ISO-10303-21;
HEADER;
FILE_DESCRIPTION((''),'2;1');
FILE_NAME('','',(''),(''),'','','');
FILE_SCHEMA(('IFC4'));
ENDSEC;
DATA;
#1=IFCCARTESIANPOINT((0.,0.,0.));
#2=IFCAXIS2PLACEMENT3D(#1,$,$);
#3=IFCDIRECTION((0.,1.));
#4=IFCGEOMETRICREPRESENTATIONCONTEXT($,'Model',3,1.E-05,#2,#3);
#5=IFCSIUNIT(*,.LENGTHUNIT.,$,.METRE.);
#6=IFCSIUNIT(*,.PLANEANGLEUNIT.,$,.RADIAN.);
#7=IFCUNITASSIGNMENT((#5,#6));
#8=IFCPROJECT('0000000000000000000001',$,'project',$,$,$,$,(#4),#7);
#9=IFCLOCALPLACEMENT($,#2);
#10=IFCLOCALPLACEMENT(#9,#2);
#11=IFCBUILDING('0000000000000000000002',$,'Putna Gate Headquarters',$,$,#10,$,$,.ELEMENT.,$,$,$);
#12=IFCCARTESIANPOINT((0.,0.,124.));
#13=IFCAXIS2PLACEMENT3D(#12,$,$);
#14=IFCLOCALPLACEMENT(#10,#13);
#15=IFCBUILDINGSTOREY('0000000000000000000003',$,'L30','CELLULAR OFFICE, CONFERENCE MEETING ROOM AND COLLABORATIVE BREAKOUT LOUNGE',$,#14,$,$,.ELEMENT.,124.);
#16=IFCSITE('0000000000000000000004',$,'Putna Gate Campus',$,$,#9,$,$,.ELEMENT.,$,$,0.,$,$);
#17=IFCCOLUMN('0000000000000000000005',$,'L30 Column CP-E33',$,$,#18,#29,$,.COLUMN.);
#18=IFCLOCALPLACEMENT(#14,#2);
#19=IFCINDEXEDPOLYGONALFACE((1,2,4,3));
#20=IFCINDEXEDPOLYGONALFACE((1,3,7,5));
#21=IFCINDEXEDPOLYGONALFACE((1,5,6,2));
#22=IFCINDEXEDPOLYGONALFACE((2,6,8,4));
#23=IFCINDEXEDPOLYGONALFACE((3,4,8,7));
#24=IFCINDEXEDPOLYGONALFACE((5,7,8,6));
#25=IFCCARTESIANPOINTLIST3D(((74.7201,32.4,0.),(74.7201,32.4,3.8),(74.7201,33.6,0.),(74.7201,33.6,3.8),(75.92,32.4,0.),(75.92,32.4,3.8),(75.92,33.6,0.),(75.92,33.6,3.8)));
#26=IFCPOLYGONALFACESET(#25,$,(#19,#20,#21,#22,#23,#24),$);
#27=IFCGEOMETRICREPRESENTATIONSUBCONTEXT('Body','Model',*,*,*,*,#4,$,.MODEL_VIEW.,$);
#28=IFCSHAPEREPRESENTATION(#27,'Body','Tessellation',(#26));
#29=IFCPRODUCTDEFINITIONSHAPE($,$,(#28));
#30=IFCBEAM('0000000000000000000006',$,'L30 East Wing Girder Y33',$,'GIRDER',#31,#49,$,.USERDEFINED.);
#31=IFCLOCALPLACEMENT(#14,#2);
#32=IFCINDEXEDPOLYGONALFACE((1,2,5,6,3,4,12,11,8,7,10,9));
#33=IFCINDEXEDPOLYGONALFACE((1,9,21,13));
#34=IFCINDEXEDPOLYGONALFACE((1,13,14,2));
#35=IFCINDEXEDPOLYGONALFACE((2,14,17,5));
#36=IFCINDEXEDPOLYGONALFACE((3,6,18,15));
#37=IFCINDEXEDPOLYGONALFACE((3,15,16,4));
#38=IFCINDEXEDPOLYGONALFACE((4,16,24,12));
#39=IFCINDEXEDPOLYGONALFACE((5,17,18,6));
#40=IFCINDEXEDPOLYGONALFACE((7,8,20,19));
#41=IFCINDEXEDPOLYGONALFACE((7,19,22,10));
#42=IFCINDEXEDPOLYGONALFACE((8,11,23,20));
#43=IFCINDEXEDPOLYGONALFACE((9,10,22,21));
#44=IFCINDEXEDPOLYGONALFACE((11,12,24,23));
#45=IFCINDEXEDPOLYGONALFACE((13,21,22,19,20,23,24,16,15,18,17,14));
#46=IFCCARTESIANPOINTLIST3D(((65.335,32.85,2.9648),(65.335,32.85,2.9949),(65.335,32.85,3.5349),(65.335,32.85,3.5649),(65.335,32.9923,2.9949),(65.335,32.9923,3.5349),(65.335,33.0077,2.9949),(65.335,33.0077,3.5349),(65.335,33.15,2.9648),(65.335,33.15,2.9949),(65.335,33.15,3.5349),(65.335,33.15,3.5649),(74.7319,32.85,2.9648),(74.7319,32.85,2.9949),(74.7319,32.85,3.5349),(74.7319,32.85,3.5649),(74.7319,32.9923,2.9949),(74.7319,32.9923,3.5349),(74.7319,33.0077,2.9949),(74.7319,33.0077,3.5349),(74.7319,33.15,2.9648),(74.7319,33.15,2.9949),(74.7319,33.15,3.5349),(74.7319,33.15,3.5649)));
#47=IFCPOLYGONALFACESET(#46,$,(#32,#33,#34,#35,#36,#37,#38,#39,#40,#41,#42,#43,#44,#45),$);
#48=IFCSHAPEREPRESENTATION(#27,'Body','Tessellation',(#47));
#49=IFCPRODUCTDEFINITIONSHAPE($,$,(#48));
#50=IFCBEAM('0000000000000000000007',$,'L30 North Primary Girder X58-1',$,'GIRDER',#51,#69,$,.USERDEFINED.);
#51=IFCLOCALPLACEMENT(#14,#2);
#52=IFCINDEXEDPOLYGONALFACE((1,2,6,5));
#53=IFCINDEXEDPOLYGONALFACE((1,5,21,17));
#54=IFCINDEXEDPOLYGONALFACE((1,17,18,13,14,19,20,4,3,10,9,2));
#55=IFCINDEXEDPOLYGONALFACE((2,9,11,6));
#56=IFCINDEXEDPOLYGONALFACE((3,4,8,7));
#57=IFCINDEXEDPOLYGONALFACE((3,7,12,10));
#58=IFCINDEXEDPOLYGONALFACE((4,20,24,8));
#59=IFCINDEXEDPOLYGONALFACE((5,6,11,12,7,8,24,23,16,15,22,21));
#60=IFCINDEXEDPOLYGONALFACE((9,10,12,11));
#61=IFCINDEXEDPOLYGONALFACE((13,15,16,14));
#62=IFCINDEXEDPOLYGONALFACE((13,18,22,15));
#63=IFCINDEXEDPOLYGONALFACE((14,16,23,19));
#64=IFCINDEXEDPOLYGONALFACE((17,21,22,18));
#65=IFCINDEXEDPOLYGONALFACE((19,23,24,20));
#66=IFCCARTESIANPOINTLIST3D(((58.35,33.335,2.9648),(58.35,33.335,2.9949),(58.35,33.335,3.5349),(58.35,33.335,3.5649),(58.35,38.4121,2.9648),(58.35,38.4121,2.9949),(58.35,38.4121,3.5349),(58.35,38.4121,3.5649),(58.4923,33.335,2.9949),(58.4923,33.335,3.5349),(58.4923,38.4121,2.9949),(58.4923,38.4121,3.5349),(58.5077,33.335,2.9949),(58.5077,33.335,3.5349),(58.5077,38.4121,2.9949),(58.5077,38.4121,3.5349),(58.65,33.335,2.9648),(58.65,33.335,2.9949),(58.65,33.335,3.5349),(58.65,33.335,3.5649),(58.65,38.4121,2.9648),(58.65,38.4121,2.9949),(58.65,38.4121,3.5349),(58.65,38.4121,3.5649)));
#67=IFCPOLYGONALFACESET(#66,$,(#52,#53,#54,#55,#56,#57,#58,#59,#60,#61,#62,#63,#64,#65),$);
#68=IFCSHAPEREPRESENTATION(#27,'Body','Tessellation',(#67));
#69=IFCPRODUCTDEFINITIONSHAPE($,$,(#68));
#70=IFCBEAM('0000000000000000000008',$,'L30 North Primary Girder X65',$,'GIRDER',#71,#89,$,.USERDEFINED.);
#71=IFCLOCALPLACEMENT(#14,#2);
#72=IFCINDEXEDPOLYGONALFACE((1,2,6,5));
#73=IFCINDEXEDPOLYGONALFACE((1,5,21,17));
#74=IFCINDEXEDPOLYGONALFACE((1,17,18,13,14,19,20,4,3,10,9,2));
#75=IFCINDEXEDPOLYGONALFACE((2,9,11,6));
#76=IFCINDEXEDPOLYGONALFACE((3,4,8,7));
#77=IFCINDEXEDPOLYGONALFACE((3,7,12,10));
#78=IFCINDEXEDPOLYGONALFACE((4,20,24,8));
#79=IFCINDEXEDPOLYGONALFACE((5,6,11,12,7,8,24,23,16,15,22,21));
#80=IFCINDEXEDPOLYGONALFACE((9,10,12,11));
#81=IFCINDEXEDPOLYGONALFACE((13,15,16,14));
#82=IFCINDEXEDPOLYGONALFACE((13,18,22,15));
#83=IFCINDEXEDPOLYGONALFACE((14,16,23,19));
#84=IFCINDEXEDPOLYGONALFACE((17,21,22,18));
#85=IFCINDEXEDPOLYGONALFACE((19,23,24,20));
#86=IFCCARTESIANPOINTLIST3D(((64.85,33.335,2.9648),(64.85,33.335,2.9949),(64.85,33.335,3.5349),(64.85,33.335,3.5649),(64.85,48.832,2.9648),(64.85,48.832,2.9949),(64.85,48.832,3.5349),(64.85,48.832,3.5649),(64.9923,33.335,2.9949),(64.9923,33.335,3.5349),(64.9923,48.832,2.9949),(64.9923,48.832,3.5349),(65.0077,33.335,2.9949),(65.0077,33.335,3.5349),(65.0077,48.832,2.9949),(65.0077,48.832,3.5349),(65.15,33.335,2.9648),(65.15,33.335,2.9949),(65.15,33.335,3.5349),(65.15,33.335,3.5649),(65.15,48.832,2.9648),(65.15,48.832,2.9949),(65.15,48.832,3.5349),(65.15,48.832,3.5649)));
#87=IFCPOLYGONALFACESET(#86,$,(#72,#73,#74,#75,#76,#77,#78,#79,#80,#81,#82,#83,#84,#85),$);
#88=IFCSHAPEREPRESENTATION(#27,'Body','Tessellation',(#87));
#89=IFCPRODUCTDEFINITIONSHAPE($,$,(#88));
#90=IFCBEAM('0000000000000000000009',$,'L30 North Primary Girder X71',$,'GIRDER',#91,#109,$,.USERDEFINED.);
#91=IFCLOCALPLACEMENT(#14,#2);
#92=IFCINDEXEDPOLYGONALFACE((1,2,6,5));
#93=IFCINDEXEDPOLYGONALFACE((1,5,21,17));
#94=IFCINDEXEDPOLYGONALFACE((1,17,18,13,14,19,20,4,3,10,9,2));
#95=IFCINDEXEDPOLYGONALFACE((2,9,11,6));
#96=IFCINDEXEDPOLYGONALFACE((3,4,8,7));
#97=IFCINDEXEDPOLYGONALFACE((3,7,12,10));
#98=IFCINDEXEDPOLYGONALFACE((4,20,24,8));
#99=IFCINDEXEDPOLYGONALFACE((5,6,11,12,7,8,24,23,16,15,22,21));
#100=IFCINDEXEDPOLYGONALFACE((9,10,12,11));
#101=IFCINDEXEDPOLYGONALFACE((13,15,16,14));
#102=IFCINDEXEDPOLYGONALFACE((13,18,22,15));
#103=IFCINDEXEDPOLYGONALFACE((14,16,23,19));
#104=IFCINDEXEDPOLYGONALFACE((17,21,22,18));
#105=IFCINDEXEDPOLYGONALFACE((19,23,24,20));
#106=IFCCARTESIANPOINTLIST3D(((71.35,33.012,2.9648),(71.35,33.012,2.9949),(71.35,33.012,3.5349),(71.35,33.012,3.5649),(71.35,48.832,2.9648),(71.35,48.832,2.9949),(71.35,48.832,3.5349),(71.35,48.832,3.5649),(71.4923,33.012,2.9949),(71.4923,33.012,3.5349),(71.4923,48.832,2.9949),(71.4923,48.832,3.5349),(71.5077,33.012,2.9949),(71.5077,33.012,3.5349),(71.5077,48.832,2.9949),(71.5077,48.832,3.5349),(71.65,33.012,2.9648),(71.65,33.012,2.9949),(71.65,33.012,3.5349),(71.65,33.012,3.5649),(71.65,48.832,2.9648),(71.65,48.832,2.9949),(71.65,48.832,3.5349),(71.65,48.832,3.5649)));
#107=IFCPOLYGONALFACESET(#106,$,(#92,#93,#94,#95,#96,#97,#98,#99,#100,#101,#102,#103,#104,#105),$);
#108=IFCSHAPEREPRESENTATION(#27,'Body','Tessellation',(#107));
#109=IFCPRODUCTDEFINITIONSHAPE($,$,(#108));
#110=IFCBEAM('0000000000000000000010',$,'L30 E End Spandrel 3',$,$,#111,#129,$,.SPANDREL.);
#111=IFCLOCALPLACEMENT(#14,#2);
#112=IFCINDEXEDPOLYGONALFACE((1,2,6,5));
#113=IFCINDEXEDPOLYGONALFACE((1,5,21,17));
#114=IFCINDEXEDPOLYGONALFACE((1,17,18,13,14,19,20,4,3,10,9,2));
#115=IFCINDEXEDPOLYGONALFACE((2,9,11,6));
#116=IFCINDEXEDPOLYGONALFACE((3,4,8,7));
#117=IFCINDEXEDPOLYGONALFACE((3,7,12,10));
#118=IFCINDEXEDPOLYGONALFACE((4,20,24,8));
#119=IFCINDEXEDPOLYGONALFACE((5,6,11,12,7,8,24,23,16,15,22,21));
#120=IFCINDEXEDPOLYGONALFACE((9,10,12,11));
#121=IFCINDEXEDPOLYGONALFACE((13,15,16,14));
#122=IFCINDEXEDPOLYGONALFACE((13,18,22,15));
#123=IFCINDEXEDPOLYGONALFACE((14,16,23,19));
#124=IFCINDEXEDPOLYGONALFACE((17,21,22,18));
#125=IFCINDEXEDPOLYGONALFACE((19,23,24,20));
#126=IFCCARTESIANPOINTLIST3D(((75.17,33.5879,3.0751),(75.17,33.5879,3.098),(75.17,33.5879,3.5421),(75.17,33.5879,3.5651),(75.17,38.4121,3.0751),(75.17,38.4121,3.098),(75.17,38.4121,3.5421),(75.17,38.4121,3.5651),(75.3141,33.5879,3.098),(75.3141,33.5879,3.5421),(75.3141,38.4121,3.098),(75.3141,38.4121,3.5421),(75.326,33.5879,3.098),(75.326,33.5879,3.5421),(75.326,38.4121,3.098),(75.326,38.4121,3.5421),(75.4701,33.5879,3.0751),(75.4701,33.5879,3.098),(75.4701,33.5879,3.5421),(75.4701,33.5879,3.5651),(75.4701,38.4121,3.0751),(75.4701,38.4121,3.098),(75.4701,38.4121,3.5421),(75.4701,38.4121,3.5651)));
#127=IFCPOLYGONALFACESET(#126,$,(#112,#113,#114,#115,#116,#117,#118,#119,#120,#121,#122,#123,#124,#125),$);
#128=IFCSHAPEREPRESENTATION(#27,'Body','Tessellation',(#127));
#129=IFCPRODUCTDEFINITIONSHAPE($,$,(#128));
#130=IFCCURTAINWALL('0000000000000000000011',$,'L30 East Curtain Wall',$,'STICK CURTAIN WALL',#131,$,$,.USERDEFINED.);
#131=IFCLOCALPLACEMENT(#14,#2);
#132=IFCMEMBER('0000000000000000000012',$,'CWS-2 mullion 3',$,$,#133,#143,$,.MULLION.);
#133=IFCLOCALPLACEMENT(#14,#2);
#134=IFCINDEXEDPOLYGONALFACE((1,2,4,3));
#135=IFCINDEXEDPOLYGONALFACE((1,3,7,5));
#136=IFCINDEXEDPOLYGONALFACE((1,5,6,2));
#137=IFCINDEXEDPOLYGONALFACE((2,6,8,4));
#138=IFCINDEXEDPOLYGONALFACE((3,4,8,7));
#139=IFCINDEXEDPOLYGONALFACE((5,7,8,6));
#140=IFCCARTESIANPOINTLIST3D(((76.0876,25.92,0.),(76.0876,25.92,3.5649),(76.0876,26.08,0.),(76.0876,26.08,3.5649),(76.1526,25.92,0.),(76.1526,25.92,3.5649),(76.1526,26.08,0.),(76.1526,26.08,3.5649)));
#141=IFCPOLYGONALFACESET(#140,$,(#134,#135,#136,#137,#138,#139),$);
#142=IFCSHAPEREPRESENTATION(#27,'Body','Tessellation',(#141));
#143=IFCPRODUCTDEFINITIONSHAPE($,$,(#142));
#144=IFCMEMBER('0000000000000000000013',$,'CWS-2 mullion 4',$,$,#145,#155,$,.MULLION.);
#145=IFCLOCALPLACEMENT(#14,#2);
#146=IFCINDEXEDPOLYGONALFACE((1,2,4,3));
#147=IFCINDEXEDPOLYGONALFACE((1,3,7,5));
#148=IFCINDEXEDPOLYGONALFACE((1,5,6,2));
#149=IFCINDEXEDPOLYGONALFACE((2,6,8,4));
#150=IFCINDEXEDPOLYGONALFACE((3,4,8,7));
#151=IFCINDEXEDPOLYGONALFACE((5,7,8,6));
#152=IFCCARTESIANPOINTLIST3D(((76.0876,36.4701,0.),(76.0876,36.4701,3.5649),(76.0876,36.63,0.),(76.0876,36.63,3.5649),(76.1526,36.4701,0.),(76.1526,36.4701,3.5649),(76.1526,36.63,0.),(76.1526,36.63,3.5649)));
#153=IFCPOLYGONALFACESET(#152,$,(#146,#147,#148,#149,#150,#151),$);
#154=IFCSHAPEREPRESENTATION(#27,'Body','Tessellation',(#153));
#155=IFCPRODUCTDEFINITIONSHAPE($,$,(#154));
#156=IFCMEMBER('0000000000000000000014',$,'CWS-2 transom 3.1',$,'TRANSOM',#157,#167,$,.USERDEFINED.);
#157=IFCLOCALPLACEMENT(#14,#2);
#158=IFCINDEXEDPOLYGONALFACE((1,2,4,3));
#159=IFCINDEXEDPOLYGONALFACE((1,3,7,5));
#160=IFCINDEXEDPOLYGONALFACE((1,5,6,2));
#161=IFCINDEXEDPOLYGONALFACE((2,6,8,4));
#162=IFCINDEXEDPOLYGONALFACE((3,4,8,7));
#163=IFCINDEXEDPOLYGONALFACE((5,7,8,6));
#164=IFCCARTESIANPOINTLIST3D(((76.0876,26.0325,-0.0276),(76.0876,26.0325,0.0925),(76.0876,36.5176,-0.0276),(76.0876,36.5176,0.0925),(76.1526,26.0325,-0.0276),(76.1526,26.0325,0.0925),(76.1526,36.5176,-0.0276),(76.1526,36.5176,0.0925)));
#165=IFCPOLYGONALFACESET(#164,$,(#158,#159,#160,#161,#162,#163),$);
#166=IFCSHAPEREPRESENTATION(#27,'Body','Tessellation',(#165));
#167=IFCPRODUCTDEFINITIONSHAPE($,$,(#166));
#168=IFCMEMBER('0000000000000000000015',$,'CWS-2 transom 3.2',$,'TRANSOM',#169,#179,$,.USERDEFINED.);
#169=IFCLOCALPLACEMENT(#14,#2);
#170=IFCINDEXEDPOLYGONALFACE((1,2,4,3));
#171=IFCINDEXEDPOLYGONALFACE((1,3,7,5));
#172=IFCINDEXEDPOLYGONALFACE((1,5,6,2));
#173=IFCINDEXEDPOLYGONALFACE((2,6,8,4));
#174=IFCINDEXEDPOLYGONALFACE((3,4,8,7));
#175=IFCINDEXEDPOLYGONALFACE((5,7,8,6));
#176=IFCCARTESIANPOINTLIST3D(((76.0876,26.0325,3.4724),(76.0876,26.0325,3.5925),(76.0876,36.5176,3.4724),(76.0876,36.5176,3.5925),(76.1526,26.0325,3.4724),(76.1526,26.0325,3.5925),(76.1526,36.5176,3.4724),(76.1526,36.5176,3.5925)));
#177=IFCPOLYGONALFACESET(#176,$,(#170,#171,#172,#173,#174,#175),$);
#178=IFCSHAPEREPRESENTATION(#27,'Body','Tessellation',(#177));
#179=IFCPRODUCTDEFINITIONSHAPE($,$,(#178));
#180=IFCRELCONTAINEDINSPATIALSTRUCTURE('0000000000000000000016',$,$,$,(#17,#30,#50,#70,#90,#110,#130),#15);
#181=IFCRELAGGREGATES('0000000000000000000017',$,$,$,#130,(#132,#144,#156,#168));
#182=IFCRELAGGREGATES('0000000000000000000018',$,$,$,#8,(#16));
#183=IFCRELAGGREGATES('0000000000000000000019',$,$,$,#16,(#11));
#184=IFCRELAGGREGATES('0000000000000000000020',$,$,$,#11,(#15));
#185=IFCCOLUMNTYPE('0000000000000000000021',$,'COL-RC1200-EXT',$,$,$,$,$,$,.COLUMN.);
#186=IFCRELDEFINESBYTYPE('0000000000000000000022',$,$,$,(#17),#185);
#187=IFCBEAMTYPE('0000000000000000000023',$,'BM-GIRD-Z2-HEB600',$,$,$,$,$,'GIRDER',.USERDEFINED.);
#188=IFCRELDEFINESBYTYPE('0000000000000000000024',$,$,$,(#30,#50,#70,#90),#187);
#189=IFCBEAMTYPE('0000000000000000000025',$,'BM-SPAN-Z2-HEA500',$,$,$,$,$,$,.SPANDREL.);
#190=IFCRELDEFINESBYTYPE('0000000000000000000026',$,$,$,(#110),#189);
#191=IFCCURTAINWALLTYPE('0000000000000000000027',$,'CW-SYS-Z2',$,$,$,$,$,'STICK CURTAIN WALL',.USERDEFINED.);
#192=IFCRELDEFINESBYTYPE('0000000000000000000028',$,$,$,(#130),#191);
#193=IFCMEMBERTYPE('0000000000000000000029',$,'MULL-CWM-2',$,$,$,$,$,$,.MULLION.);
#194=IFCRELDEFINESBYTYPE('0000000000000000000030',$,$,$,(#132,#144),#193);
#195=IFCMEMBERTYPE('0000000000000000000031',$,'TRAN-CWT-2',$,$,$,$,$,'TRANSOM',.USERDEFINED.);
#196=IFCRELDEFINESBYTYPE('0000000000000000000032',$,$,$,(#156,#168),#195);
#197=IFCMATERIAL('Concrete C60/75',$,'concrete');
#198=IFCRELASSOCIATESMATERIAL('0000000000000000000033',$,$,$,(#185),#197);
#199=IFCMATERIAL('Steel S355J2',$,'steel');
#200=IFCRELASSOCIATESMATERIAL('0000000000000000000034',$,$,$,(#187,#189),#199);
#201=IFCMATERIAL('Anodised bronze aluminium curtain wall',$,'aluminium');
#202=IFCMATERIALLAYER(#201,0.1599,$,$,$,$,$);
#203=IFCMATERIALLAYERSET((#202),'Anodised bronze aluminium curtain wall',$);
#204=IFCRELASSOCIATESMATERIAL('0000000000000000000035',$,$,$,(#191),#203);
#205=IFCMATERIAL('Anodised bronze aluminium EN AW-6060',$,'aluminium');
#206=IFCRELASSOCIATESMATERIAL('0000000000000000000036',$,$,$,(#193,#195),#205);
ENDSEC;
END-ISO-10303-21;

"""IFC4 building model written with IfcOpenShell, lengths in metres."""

from ifc_helpers import new_model, si_unit, direction, frame, origin, origin_2d, place, context, subcontext, project, spatial, rectangle, i_section, extrude, material, layer, layer_set, material_profile, profile_set, type_object, element, aggregate, save


model = new_model("IFC4")

# Units and contexts
model_context = context("Model", 3, precision=1e-05, world=origin(), true_north=direction((0.0, 1.0)))
body_context = subcontext(model_context, "Body", "Model", "MODEL_VIEW")
ifc_project = project(units=[si_unit("LENGTHUNIT", "METRE"), si_unit("PLANEANGLEUNIT", "RADIAN")], contexts=[model_context])

# Site, building, storey
site_placement = place(None, origin())
site = spatial("IfcSite", under=ifc_project, at=site_placement, Name="Putna Gate Campus", CompositionType="ELEMENT", RefElevation=0.0)
building_placement = place(site_placement, origin())
building = spatial("IfcBuilding", under=site, at=building_placement, Name="Putna Gate Headquarters", CompositionType="ELEMENT")
storey_placement = place(building_placement, frame((0.0, 0.0, 124.0)))
storey = spatial("IfcBuildingStorey", under=building, at=storey_placement, Name="L30", Description="CELLULAR OFFICE, CONFERENCE MEETING ROOM AND COLLABORATIVE BREAKOUT LOUNGE", CompositionType="ELEMENT", Elevation=124.0)

# Column
ifc_material_1 = material(Name="Concrete C60/75", Category="concrete")
ifc_material_profile_1 = material_profile(ifc_material_1, rectangle(XDim=1.2, YDim=1.2, at=origin_2d()), Name="Concrete C60/75")
ifc_profile_set_1 = profile_set([ifc_material_profile_1], Name="Concrete C60/75")
column_type = type_object("IfcColumnType", Name="COL-RC1200-EXT", PredefinedType="COLUMN", material=ifc_profile_set_1)
column_placement = place(storey_placement, frame((75.3201, 33.0, 0.0), z_axis=(0.0, 0.0, 1.0), x_axis=(1.0, 0.0, 0.0)))
element("IfcColumn", 1, at=column_placement, inside=storey, type_object=column_type, Name="L30 Column CP-E33", PredefinedType="COLUMN", context=body_context, shape_type="SweptSolid", body=[
    extrude(rectangle(XDim=1.2, YDim=1.2, at=origin_2d()), origin(), (0.0, 0.0, 1.0), 3.8),
])

# Beams
ifc_material_2 = material(Name="Steel S355J2", Category="steel")
ifc_material_profile_2 = material_profile(ifc_material_2, i_section(OverallWidth=0.3, OverallDepth=0.6001, WebThickness=0.0154, FlangeThickness=0.03, at=origin_2d()), Name="Steel S355J2")
ifc_profile_set_2 = profile_set([ifc_material_profile_2], Name="Steel S355J2")
beam_type_1 = type_object("IfcBeamType", Name="BM-GIRD-Z2-HEB600", ElementType="GIRDER", PredefinedType="USERDEFINED", material=ifc_profile_set_2)
beam_1_placement = place(storey_placement, frame((65.335, 33.0, 3.2649), z_axis=(1.0, 0.0, 0.0), x_axis=(0.0, 1.0, 0.0)))
element("IfcBeam", 2, at=beam_1_placement, inside=storey, type_object=beam_type_1, Name="L30 East Wing Girder Y33", ObjectType="GIRDER", PredefinedType="USERDEFINED", context=body_context, shape_type="SweptSolid", body=[
    extrude(i_section(OverallWidth=0.3, OverallDepth=0.6001, WebThickness=0.0154, FlangeThickness=0.03, at=origin_2d()), origin(), (0.0, 0.0, 1.0), 9.397),
])
beam_2_placement = place(storey_placement, frame((58.5, 33.335, 3.2649), z_axis=(0.0, 1.0, 0.0), x_axis=(-1.0, 0.0, 0.0)))
element("IfcBeam", 3, at=beam_2_placement, inside=storey, type_object=beam_type_1, Name="L30 North Primary Girder X58-1", ObjectType="GIRDER", PredefinedType="USERDEFINED", context=body_context, shape_type="SweptSolid", body=[
    extrude(i_section(OverallWidth=0.3, OverallDepth=0.6001, WebThickness=0.0154, FlangeThickness=0.03, at=origin_2d()), origin(), (0.0, 0.0, 1.0), 5.0771),
])
beam_3_placement = place(storey_placement, frame((65.0, 33.335, 3.2649), z_axis=(0.0, 1.0, 0.0), x_axis=(-1.0, 0.0, 0.0)))
element("IfcBeam", 4, at=beam_3_placement, inside=storey, type_object=beam_type_1, Name="L30 North Primary Girder X65", ObjectType="GIRDER", PredefinedType="USERDEFINED", context=body_context, shape_type="SweptSolid", body=[
    extrude(i_section(OverallWidth=0.3, OverallDepth=0.6001, WebThickness=0.0154, FlangeThickness=0.03, at=origin_2d()), origin(), (0.0, 0.0, 1.0), 15.4971),
])
beam_4_placement = place(storey_placement, frame((71.5, 33.012, 3.2649), z_axis=(0.0, 1.0, 0.0), x_axis=(-1.0, 0.0, 0.0)))
element("IfcBeam", 5, at=beam_4_placement, inside=storey, type_object=beam_type_1, Name="L30 North Primary Girder X71", ObjectType="GIRDER", PredefinedType="USERDEFINED", context=body_context, shape_type="SweptSolid", body=[
    extrude(i_section(OverallWidth=0.3, OverallDepth=0.6001, WebThickness=0.0154, FlangeThickness=0.03, at=origin_2d()), origin(), (0.0, 0.0, 1.0), 15.8201),
])
ifc_material_profile_3 = material_profile(ifc_material_2, i_section(OverallWidth=0.3, OverallDepth=0.49, WebThickness=0.012, FlangeThickness=0.0229, at=origin_2d()), Name="Steel S355J2")
ifc_profile_set_3 = profile_set([ifc_material_profile_3], Name="Steel S355J2")
beam_type_2 = type_object("IfcBeamType", Name="BM-SPAN-Z2-HEA500", PredefinedType="SPANDREL", material=ifc_profile_set_3)
beam_5_placement = place(storey_placement, frame((75.3201, 33.5879, 3.3201), z_axis=(0.0, 1.0, 0.0), x_axis=(-1.0, 0.0, 0.0)))
element("IfcBeam", 6, at=beam_5_placement, inside=storey, type_object=beam_type_2, Name="L30 E End Spandrel 3", PredefinedType="SPANDREL", context=body_context, shape_type="SweptSolid", body=[
    extrude(i_section(OverallWidth=0.3, OverallDepth=0.49, WebThickness=0.012, FlangeThickness=0.0229, at=origin_2d()), origin(), (0.0, 0.0, 1.0), 4.8242),
])

# Curtain wall, members
ifc_material_3 = material(Name="Anodised bronze aluminium curtain wall", Category="aluminium")
ifc_layer_1 = layer(ifc_material_3, 0.1599)
ifc_layer_set_1 = layer_set([ifc_layer_1], Name="Anodised bronze aluminium curtain wall")
curtain_wall_type = type_object("IfcCurtainWallType", Name="CW-SYS-Z2", ElementType="STICK CURTAIN WALL", PredefinedType="USERDEFINED", material=ifc_layer_set_1)
curtain_wall_placement = place(storey_placement, origin())
curtain_wall = element("IfcCurtainWall", 7, at=curtain_wall_placement, inside=storey, type_object=curtain_wall_type, Name="L30 East Curtain Wall", ObjectType="STICK CURTAIN WALL", PredefinedType="USERDEFINED")
ifc_material_4 = material(Name="Anodised bronze aluminium EN AW-6060", Category="aluminium")
ifc_material_profile_4 = material_profile(ifc_material_4, rectangle(XDim=0.0649, YDim=0.1599, at=origin_2d()), Name="Anodised bronze aluminium EN AW-6060")
ifc_profile_set_4 = profile_set([ifc_material_profile_4], Name="Anodised bronze aluminium EN AW-6060")
member_type_1 = type_object("IfcMemberType", Name="MULL-CWM-2", PredefinedType="MULLION", material=ifc_profile_set_4)
member_1_placement = place(storey_placement, frame((76.1201, 26.0, 0.0), z_axis=(0.0, 0.0, 1.0), x_axis=(-1.0, 0.0, 0.0)))
member_1 = element("IfcMember", 8, at=member_1_placement, type_object=member_type_1, Name="CWS-2 mullion 3", PredefinedType="MULLION", context=body_context, shape_type="SweptSolid", body=[
    extrude(rectangle(XDim=0.0649, YDim=0.1599, at=origin_2d()), origin(), (0.0, 0.0, 1.0), 3.5649),
])
member_2_placement = place(storey_placement, frame((76.1201, 36.55, 0.0), z_axis=(0.0, 0.0, 1.0), x_axis=(-1.0, 0.0, 0.0)))
member_2 = element("IfcMember", 9, at=member_2_placement, type_object=member_type_1, Name="CWS-2 mullion 4", PredefinedType="MULLION", context=body_context, shape_type="SweptSolid", body=[
    extrude(rectangle(XDim=0.0649, YDim=0.1599, at=origin_2d()), origin(), (0.0, 0.0, 1.0), 3.5649),
])
ifc_material_profile_5 = material_profile(ifc_material_4, rectangle(XDim=0.0649, YDim=0.1201, at=origin_2d()), Name="Anodised bronze aluminium EN AW-6060")
ifc_profile_set_5 = profile_set([ifc_material_profile_5], Name="Anodised bronze aluminium EN AW-6060")
member_type_2 = type_object("IfcMemberType", Name="TRAN-CWT-2", ElementType="TRANSOM", PredefinedType="USERDEFINED", material=ifc_profile_set_5)
member_3_placement = place(storey_placement, frame((76.1201, 26.0325, 0.0325), z_axis=(0.0, 1.0, 0.0), x_axis=(-1.0, 0.0, 0.0)))
member_3 = element("IfcMember", 10, at=member_3_placement, type_object=member_type_2, Name="CWS-2 transom 3.1", ObjectType="TRANSOM", PredefinedType="USERDEFINED", context=body_context, shape_type="SweptSolid", body=[
    extrude(rectangle(XDim=0.0649, YDim=0.1201, at=origin_2d()), origin(), (0.0, 0.0, 1.0), 10.4851),
])
member_4_placement = place(storey_placement, frame((76.1201, 26.0325, 3.5325), z_axis=(0.0, 1.0, 0.0), x_axis=(-1.0, 0.0, 0.0)))
member_4 = element("IfcMember", 11, at=member_4_placement, type_object=member_type_2, Name="CWS-2 transom 3.2", ObjectType="TRANSOM", PredefinedType="USERDEFINED", context=body_context, shape_type="SweptSolid", body=[
    extrude(rectangle(XDim=0.0649, YDim=0.1201, at=origin_2d()), origin(), (0.0, 0.0, 1.0), 10.4851),
])
aggregate(curtain_wall, [member_1, member_2, member_3, member_4])

save(model, "model.ifc")
